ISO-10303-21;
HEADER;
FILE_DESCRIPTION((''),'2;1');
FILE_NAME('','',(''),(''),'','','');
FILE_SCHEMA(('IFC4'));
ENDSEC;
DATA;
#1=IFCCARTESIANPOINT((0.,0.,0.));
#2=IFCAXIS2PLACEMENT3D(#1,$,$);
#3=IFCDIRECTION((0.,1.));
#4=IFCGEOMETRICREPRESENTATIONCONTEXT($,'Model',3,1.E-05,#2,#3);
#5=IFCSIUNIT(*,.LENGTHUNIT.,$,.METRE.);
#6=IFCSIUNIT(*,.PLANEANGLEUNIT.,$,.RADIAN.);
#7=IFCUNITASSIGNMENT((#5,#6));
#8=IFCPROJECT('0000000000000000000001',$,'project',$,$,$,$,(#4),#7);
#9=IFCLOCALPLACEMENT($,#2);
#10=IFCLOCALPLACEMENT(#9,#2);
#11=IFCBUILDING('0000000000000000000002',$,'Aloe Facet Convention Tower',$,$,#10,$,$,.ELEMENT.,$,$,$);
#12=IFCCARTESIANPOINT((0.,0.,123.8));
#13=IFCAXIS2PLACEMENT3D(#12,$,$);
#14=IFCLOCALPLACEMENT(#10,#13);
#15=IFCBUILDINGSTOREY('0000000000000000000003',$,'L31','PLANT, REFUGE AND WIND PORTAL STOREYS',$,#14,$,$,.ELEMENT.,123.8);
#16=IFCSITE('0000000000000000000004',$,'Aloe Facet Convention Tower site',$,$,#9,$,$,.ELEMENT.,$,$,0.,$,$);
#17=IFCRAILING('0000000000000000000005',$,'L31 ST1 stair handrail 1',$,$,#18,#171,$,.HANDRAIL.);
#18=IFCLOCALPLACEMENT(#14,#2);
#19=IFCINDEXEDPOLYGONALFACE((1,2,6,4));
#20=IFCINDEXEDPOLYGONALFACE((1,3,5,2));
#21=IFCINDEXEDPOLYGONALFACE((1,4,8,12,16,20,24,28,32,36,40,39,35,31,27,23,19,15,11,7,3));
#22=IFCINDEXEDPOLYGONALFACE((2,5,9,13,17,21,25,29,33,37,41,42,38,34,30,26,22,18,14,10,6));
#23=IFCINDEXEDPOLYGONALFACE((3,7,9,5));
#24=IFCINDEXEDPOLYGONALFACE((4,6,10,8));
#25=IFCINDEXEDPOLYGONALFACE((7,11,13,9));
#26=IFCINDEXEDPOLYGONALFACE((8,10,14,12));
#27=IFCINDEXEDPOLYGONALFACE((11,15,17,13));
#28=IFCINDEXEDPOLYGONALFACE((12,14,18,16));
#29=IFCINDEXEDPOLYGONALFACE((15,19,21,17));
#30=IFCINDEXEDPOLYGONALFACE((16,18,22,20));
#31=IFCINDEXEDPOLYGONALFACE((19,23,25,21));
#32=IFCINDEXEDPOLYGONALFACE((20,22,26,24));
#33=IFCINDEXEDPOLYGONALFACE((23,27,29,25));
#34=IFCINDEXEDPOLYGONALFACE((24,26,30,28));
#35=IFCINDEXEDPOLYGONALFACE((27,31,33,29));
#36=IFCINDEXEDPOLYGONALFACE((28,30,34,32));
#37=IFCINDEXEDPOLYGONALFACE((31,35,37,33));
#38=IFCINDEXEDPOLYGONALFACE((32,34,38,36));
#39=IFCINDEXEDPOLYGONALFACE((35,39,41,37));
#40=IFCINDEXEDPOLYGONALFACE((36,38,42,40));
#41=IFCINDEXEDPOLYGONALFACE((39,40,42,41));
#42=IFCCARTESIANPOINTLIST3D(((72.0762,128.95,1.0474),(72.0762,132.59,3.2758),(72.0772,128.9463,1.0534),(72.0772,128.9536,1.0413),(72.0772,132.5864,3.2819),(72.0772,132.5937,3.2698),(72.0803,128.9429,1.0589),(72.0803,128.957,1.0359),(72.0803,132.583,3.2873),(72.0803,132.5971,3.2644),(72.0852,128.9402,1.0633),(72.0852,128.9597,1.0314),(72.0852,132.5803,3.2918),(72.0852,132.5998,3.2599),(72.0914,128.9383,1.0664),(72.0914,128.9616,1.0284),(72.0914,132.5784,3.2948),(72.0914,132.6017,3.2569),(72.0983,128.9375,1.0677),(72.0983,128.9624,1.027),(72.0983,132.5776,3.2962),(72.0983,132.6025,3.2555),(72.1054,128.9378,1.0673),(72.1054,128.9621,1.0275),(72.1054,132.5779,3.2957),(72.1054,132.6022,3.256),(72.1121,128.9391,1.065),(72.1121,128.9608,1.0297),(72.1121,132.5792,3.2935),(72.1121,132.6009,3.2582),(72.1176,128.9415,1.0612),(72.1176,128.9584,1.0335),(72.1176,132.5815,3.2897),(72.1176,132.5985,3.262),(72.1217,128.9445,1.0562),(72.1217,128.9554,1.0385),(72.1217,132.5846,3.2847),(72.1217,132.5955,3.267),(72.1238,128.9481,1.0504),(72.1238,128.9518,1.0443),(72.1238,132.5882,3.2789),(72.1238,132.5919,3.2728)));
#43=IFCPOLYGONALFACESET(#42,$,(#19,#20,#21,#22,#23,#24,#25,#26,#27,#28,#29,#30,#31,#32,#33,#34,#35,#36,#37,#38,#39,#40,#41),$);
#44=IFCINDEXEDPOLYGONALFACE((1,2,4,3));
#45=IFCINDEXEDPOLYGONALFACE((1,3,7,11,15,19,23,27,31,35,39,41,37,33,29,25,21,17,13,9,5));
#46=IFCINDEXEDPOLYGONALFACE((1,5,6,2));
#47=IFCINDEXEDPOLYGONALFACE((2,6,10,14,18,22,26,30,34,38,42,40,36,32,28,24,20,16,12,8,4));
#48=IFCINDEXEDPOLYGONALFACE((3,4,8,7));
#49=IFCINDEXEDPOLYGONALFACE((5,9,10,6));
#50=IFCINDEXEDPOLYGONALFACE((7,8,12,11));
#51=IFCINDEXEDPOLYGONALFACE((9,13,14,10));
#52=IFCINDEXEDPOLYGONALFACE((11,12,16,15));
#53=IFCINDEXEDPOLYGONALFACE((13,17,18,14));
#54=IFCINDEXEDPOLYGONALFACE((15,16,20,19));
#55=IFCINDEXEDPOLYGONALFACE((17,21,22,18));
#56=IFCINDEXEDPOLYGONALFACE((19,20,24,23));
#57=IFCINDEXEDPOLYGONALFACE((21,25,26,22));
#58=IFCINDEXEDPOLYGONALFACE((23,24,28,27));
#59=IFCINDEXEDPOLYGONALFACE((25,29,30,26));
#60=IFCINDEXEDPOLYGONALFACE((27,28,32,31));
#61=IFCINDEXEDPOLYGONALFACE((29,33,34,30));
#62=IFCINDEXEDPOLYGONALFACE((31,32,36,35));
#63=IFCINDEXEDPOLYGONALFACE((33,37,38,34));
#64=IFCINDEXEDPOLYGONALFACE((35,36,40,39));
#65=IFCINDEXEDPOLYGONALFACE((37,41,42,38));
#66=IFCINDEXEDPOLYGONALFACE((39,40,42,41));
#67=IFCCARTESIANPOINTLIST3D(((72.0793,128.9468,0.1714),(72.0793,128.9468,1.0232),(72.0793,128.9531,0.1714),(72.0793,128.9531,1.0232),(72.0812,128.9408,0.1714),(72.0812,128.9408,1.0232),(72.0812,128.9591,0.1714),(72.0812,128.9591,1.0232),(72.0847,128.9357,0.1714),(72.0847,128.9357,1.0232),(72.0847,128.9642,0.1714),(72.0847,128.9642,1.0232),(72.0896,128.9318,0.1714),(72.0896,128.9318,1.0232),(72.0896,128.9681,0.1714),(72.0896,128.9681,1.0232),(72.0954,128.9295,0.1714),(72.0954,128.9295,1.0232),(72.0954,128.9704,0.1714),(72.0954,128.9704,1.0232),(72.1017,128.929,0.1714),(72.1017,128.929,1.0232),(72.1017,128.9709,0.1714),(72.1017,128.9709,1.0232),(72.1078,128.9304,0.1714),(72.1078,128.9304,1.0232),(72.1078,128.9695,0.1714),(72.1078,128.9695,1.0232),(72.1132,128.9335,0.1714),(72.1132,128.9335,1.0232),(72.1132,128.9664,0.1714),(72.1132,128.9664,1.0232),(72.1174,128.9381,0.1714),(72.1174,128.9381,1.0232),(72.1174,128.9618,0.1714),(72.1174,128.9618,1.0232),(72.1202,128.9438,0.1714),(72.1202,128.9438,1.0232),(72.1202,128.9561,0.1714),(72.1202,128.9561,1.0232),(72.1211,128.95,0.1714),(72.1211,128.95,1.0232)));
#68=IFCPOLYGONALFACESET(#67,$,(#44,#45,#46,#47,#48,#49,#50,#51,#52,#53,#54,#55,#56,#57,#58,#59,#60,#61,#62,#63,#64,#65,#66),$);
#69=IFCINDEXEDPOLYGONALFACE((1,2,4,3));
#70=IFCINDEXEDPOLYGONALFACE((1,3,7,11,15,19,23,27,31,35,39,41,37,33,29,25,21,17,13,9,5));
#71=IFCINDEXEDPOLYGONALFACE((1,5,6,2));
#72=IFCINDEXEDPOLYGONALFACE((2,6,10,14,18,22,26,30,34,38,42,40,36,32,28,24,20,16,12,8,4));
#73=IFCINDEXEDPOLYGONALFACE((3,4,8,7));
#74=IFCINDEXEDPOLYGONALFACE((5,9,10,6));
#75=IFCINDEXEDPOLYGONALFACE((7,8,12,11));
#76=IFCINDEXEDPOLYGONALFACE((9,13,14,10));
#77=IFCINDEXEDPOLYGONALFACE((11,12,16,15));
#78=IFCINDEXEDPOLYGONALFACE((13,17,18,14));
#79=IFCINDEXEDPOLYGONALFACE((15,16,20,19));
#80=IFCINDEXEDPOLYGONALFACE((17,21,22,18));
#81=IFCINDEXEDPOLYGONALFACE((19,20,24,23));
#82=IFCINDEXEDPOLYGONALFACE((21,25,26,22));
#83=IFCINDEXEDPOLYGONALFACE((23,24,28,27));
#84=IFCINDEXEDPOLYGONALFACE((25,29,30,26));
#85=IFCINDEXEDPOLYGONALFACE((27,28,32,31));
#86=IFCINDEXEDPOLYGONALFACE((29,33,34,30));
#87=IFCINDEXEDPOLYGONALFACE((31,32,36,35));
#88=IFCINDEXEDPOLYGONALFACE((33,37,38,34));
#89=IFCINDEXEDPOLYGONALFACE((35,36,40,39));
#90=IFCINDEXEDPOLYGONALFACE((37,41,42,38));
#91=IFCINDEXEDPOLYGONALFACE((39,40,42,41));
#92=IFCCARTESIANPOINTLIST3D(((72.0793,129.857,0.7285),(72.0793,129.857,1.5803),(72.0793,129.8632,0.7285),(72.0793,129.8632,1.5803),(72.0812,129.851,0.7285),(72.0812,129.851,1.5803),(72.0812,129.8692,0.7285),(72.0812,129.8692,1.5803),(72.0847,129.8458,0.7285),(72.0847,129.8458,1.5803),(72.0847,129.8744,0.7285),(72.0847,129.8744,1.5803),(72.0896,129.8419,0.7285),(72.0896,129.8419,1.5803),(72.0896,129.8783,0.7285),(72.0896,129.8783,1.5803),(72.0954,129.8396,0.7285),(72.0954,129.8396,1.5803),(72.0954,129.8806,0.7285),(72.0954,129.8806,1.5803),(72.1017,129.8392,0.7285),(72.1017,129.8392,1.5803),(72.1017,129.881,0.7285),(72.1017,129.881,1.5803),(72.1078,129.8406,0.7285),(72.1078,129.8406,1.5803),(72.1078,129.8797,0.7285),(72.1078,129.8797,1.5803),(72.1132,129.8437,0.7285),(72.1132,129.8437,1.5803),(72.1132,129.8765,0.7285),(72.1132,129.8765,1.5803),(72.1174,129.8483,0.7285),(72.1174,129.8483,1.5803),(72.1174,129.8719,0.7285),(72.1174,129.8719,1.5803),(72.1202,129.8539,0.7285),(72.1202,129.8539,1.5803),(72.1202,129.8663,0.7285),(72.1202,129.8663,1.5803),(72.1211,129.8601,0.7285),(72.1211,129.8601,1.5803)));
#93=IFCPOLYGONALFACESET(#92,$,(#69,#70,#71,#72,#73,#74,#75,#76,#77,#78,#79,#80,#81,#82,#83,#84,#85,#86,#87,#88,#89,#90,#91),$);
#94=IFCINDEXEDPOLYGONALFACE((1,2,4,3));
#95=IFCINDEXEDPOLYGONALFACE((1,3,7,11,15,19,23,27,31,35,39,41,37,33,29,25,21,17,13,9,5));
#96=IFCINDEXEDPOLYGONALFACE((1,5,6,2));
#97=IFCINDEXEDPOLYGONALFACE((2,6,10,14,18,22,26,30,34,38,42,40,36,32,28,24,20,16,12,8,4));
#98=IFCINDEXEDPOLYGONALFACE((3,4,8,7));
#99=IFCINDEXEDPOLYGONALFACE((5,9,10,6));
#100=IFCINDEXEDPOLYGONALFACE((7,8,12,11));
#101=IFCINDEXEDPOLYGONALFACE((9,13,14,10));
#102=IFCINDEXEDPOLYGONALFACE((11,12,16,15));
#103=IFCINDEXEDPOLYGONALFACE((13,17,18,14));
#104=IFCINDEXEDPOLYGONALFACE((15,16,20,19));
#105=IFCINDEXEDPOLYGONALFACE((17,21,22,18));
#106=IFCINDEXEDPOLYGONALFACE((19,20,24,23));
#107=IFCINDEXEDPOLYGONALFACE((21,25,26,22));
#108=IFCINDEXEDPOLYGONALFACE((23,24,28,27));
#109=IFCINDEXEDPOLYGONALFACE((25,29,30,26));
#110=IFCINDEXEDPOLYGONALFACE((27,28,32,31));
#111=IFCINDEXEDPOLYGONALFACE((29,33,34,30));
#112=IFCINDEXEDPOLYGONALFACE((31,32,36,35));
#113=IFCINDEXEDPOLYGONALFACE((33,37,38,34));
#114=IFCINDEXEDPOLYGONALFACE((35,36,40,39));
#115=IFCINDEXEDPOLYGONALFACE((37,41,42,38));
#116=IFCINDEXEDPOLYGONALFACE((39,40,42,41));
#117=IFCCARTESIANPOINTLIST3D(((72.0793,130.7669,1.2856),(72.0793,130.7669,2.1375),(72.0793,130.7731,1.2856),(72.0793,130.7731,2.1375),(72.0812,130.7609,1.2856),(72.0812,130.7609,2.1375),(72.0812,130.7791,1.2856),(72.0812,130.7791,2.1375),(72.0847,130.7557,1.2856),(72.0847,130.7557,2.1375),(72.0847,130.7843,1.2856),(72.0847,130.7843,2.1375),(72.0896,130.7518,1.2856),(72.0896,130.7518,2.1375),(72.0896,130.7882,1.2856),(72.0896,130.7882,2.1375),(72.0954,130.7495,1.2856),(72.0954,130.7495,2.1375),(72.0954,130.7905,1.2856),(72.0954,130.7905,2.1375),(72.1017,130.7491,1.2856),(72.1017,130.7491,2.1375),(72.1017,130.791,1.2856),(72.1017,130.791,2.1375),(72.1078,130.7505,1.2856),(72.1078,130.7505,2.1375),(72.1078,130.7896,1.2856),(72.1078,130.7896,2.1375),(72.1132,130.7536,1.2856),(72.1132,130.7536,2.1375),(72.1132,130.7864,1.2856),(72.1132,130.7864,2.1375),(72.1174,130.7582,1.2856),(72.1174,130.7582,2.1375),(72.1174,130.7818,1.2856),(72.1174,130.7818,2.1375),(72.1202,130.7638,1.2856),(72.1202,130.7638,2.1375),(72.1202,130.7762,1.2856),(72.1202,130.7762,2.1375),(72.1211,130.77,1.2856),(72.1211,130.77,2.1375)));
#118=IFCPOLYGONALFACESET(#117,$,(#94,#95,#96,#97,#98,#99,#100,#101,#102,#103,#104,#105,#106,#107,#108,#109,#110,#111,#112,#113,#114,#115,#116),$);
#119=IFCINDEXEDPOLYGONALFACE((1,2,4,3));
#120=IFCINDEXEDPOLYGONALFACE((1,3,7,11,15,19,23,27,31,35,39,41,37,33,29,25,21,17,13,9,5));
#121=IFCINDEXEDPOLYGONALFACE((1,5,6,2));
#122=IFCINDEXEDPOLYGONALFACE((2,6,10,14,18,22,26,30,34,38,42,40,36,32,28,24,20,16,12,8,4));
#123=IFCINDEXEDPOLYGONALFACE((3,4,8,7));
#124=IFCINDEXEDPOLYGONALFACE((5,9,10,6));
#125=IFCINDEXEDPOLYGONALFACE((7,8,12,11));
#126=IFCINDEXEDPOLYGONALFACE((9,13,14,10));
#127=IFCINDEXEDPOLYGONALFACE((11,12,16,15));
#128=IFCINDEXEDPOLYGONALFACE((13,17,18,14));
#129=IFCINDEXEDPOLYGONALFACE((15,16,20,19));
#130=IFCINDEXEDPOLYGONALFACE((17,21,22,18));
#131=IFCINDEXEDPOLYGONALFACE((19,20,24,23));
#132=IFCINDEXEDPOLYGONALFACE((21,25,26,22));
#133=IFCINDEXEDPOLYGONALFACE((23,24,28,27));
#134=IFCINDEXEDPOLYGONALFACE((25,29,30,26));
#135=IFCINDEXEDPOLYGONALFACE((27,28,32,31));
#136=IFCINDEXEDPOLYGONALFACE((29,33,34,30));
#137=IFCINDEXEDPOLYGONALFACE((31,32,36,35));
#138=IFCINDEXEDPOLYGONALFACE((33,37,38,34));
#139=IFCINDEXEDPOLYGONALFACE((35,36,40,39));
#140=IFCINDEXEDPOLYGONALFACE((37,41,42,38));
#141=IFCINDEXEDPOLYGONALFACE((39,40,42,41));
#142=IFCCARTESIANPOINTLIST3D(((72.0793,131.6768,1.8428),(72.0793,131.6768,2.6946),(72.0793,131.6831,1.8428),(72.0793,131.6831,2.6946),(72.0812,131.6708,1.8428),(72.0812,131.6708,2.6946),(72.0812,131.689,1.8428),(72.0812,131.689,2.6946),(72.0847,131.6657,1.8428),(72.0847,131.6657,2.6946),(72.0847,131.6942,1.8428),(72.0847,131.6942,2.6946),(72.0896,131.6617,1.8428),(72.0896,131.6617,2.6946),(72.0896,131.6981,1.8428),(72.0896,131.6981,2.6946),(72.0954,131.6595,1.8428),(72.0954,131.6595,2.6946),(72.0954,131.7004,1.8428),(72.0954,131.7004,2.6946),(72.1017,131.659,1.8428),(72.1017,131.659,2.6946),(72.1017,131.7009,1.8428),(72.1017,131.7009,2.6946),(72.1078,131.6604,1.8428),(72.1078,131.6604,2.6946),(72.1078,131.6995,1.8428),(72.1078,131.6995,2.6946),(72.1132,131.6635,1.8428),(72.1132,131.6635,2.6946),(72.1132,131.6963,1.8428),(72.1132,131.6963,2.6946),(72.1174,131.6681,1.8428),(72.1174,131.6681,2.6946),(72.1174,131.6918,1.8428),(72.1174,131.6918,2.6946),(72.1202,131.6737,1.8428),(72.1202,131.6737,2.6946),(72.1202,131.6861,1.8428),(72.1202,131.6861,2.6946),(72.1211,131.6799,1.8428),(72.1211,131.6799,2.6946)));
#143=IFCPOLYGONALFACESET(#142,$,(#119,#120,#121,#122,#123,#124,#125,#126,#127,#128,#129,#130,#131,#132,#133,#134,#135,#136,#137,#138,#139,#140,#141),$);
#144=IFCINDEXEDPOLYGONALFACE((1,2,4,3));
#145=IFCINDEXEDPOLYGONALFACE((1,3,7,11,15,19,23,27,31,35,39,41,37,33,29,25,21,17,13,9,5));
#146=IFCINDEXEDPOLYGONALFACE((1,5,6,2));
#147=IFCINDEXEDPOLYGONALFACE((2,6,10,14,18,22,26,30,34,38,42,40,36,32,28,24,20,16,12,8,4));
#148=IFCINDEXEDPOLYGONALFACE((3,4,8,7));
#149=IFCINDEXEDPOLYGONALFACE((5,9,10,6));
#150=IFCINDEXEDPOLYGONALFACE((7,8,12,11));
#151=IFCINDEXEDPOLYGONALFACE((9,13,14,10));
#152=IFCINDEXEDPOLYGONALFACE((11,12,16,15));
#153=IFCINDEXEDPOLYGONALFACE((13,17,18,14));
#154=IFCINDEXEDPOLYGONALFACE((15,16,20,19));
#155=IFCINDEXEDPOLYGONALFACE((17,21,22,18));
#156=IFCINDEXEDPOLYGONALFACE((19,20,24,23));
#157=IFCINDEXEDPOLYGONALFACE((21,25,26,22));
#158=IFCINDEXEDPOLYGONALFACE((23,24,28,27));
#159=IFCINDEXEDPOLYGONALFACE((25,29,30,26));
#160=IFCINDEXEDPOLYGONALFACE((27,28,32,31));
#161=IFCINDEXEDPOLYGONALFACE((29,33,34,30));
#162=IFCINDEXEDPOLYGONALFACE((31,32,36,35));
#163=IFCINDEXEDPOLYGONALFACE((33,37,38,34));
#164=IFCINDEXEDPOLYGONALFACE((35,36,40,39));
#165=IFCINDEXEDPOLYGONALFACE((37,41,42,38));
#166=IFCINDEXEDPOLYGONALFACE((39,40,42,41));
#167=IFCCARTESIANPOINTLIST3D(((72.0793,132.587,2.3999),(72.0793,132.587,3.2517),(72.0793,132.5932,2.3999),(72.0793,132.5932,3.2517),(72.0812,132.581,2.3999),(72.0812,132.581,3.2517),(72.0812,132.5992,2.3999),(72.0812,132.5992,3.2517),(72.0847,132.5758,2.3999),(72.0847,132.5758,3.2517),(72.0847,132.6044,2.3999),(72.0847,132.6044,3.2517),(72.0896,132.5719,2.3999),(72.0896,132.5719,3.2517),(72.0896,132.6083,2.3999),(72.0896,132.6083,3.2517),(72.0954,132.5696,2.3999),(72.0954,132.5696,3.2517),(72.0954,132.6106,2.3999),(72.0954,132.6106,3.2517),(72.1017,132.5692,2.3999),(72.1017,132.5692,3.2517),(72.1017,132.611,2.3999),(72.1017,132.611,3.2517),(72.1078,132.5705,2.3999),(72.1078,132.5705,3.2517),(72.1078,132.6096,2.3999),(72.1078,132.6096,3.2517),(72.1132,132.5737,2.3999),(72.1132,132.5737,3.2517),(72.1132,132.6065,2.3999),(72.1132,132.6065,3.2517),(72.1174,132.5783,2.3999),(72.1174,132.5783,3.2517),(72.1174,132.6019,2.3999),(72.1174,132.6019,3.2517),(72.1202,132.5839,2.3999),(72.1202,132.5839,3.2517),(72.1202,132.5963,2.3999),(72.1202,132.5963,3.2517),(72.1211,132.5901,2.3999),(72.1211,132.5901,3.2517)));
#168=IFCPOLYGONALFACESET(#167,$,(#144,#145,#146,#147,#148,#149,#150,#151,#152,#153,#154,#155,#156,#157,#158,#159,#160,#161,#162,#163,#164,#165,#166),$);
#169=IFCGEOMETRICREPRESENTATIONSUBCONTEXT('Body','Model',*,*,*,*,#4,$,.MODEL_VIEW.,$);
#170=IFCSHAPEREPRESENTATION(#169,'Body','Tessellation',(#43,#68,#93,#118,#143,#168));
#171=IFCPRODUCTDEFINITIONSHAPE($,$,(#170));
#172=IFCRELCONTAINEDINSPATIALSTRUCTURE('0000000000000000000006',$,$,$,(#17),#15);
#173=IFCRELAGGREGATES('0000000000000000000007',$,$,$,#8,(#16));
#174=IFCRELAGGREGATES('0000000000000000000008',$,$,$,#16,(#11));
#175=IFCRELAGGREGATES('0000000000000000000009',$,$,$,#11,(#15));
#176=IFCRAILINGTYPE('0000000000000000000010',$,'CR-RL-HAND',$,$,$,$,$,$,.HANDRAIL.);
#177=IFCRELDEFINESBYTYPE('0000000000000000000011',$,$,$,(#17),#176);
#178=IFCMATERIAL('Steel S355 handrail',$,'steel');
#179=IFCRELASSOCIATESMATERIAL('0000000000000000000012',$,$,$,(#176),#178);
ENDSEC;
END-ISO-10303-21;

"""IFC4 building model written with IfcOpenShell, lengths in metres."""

from ifc_helpers import new_model, si_unit, direction, frame, origin, origin_2d, place, context, subcontext, project, spatial, circle, extrude, material, type_object, element, save


model = new_model("IFC4")

# Units and contexts
model_context = context("Model", 3, precision=1e-05, world=origin(), true_north=direction((0.0, 1.0)))
body_context = subcontext(model_context, "Body", "Model", "MODEL_VIEW")
ifc_project = project(units=[si_unit("LENGTHUNIT", "METRE"), si_unit("PLANEANGLEUNIT", "RADIAN")], contexts=[model_context])

# Site, building, storey
site_placement = place(None, origin())
site = spatial("IfcSite", under=ifc_project, at=site_placement, Name="Aloe Facet Convention Tower site", CompositionType="ELEMENT", RefElevation=0.0)
building_placement = place(site_placement, origin())
building = spatial("IfcBuilding", under=site, at=building_placement, Name="Aloe Facet Convention Tower", CompositionType="ELEMENT")
storey_placement = place(building_placement, frame((0.0, 0.0, 123.8)))
storey = spatial("IfcBuildingStorey", under=building, at=storey_placement, Name="L31", Description="PLANT, REFUGE AND WIND PORTAL STOREYS", CompositionType="ELEMENT", Elevation=123.8)

# Railing
ifc_material_1 = material(Name="Steel S355 handrail", Category="steel")
railing_type_1 = type_object("IfcRailingType", Name="CR-RL-HAND", PredefinedType="HANDRAIL", material=ifc_material_1)
railing_1_placement = place(storey_placement, frame((72.1001, 128.95, 0.1714)))
element("IfcRailing", 1, at=railing_1_placement, inside=storey, type_object=railing_type_1, Name="L31 ST1 stair handrail 1", PredefinedType="HANDRAIL", context=body_context, shape_type="SweptSolid", body=[
    extrude(circle(Radius=0.0239, at=origin_2d()), frame((0.0, 0.0, 0.876), z_axis=(0.0, 0.852866, 0.52213), x_axis=(-1.0, 0.0, 0.0)), (0.0, 0.0, 1.0), 4.2681),
    extrude(circle(Radius=0.021, at=origin_2d()), origin(), (0.0, 0.0, 1.0), 0.8518),
    extrude(circle(Radius=0.021, at=origin_2d()), frame((0.0, 0.9102, 0.5571)), (0.0, 0.0, 1.0), 0.8518),
    extrude(circle(Radius=0.021, at=origin_2d()), frame((0.0, 1.8201, 1.1143)), (0.0, 0.0, 1.0), 0.8518),
    extrude(circle(Radius=0.021, at=origin_2d()), frame((0.0, 2.73, 1.6714)), (0.0, 0.0, 1.0), 0.8518),
    extrude(circle(Radius=0.021, at=origin_2d()), frame((0.0, 3.6401, 2.2285)), (0.0, 0.0, 1.0), 0.8518),
])

save(model, "model.ifc")
